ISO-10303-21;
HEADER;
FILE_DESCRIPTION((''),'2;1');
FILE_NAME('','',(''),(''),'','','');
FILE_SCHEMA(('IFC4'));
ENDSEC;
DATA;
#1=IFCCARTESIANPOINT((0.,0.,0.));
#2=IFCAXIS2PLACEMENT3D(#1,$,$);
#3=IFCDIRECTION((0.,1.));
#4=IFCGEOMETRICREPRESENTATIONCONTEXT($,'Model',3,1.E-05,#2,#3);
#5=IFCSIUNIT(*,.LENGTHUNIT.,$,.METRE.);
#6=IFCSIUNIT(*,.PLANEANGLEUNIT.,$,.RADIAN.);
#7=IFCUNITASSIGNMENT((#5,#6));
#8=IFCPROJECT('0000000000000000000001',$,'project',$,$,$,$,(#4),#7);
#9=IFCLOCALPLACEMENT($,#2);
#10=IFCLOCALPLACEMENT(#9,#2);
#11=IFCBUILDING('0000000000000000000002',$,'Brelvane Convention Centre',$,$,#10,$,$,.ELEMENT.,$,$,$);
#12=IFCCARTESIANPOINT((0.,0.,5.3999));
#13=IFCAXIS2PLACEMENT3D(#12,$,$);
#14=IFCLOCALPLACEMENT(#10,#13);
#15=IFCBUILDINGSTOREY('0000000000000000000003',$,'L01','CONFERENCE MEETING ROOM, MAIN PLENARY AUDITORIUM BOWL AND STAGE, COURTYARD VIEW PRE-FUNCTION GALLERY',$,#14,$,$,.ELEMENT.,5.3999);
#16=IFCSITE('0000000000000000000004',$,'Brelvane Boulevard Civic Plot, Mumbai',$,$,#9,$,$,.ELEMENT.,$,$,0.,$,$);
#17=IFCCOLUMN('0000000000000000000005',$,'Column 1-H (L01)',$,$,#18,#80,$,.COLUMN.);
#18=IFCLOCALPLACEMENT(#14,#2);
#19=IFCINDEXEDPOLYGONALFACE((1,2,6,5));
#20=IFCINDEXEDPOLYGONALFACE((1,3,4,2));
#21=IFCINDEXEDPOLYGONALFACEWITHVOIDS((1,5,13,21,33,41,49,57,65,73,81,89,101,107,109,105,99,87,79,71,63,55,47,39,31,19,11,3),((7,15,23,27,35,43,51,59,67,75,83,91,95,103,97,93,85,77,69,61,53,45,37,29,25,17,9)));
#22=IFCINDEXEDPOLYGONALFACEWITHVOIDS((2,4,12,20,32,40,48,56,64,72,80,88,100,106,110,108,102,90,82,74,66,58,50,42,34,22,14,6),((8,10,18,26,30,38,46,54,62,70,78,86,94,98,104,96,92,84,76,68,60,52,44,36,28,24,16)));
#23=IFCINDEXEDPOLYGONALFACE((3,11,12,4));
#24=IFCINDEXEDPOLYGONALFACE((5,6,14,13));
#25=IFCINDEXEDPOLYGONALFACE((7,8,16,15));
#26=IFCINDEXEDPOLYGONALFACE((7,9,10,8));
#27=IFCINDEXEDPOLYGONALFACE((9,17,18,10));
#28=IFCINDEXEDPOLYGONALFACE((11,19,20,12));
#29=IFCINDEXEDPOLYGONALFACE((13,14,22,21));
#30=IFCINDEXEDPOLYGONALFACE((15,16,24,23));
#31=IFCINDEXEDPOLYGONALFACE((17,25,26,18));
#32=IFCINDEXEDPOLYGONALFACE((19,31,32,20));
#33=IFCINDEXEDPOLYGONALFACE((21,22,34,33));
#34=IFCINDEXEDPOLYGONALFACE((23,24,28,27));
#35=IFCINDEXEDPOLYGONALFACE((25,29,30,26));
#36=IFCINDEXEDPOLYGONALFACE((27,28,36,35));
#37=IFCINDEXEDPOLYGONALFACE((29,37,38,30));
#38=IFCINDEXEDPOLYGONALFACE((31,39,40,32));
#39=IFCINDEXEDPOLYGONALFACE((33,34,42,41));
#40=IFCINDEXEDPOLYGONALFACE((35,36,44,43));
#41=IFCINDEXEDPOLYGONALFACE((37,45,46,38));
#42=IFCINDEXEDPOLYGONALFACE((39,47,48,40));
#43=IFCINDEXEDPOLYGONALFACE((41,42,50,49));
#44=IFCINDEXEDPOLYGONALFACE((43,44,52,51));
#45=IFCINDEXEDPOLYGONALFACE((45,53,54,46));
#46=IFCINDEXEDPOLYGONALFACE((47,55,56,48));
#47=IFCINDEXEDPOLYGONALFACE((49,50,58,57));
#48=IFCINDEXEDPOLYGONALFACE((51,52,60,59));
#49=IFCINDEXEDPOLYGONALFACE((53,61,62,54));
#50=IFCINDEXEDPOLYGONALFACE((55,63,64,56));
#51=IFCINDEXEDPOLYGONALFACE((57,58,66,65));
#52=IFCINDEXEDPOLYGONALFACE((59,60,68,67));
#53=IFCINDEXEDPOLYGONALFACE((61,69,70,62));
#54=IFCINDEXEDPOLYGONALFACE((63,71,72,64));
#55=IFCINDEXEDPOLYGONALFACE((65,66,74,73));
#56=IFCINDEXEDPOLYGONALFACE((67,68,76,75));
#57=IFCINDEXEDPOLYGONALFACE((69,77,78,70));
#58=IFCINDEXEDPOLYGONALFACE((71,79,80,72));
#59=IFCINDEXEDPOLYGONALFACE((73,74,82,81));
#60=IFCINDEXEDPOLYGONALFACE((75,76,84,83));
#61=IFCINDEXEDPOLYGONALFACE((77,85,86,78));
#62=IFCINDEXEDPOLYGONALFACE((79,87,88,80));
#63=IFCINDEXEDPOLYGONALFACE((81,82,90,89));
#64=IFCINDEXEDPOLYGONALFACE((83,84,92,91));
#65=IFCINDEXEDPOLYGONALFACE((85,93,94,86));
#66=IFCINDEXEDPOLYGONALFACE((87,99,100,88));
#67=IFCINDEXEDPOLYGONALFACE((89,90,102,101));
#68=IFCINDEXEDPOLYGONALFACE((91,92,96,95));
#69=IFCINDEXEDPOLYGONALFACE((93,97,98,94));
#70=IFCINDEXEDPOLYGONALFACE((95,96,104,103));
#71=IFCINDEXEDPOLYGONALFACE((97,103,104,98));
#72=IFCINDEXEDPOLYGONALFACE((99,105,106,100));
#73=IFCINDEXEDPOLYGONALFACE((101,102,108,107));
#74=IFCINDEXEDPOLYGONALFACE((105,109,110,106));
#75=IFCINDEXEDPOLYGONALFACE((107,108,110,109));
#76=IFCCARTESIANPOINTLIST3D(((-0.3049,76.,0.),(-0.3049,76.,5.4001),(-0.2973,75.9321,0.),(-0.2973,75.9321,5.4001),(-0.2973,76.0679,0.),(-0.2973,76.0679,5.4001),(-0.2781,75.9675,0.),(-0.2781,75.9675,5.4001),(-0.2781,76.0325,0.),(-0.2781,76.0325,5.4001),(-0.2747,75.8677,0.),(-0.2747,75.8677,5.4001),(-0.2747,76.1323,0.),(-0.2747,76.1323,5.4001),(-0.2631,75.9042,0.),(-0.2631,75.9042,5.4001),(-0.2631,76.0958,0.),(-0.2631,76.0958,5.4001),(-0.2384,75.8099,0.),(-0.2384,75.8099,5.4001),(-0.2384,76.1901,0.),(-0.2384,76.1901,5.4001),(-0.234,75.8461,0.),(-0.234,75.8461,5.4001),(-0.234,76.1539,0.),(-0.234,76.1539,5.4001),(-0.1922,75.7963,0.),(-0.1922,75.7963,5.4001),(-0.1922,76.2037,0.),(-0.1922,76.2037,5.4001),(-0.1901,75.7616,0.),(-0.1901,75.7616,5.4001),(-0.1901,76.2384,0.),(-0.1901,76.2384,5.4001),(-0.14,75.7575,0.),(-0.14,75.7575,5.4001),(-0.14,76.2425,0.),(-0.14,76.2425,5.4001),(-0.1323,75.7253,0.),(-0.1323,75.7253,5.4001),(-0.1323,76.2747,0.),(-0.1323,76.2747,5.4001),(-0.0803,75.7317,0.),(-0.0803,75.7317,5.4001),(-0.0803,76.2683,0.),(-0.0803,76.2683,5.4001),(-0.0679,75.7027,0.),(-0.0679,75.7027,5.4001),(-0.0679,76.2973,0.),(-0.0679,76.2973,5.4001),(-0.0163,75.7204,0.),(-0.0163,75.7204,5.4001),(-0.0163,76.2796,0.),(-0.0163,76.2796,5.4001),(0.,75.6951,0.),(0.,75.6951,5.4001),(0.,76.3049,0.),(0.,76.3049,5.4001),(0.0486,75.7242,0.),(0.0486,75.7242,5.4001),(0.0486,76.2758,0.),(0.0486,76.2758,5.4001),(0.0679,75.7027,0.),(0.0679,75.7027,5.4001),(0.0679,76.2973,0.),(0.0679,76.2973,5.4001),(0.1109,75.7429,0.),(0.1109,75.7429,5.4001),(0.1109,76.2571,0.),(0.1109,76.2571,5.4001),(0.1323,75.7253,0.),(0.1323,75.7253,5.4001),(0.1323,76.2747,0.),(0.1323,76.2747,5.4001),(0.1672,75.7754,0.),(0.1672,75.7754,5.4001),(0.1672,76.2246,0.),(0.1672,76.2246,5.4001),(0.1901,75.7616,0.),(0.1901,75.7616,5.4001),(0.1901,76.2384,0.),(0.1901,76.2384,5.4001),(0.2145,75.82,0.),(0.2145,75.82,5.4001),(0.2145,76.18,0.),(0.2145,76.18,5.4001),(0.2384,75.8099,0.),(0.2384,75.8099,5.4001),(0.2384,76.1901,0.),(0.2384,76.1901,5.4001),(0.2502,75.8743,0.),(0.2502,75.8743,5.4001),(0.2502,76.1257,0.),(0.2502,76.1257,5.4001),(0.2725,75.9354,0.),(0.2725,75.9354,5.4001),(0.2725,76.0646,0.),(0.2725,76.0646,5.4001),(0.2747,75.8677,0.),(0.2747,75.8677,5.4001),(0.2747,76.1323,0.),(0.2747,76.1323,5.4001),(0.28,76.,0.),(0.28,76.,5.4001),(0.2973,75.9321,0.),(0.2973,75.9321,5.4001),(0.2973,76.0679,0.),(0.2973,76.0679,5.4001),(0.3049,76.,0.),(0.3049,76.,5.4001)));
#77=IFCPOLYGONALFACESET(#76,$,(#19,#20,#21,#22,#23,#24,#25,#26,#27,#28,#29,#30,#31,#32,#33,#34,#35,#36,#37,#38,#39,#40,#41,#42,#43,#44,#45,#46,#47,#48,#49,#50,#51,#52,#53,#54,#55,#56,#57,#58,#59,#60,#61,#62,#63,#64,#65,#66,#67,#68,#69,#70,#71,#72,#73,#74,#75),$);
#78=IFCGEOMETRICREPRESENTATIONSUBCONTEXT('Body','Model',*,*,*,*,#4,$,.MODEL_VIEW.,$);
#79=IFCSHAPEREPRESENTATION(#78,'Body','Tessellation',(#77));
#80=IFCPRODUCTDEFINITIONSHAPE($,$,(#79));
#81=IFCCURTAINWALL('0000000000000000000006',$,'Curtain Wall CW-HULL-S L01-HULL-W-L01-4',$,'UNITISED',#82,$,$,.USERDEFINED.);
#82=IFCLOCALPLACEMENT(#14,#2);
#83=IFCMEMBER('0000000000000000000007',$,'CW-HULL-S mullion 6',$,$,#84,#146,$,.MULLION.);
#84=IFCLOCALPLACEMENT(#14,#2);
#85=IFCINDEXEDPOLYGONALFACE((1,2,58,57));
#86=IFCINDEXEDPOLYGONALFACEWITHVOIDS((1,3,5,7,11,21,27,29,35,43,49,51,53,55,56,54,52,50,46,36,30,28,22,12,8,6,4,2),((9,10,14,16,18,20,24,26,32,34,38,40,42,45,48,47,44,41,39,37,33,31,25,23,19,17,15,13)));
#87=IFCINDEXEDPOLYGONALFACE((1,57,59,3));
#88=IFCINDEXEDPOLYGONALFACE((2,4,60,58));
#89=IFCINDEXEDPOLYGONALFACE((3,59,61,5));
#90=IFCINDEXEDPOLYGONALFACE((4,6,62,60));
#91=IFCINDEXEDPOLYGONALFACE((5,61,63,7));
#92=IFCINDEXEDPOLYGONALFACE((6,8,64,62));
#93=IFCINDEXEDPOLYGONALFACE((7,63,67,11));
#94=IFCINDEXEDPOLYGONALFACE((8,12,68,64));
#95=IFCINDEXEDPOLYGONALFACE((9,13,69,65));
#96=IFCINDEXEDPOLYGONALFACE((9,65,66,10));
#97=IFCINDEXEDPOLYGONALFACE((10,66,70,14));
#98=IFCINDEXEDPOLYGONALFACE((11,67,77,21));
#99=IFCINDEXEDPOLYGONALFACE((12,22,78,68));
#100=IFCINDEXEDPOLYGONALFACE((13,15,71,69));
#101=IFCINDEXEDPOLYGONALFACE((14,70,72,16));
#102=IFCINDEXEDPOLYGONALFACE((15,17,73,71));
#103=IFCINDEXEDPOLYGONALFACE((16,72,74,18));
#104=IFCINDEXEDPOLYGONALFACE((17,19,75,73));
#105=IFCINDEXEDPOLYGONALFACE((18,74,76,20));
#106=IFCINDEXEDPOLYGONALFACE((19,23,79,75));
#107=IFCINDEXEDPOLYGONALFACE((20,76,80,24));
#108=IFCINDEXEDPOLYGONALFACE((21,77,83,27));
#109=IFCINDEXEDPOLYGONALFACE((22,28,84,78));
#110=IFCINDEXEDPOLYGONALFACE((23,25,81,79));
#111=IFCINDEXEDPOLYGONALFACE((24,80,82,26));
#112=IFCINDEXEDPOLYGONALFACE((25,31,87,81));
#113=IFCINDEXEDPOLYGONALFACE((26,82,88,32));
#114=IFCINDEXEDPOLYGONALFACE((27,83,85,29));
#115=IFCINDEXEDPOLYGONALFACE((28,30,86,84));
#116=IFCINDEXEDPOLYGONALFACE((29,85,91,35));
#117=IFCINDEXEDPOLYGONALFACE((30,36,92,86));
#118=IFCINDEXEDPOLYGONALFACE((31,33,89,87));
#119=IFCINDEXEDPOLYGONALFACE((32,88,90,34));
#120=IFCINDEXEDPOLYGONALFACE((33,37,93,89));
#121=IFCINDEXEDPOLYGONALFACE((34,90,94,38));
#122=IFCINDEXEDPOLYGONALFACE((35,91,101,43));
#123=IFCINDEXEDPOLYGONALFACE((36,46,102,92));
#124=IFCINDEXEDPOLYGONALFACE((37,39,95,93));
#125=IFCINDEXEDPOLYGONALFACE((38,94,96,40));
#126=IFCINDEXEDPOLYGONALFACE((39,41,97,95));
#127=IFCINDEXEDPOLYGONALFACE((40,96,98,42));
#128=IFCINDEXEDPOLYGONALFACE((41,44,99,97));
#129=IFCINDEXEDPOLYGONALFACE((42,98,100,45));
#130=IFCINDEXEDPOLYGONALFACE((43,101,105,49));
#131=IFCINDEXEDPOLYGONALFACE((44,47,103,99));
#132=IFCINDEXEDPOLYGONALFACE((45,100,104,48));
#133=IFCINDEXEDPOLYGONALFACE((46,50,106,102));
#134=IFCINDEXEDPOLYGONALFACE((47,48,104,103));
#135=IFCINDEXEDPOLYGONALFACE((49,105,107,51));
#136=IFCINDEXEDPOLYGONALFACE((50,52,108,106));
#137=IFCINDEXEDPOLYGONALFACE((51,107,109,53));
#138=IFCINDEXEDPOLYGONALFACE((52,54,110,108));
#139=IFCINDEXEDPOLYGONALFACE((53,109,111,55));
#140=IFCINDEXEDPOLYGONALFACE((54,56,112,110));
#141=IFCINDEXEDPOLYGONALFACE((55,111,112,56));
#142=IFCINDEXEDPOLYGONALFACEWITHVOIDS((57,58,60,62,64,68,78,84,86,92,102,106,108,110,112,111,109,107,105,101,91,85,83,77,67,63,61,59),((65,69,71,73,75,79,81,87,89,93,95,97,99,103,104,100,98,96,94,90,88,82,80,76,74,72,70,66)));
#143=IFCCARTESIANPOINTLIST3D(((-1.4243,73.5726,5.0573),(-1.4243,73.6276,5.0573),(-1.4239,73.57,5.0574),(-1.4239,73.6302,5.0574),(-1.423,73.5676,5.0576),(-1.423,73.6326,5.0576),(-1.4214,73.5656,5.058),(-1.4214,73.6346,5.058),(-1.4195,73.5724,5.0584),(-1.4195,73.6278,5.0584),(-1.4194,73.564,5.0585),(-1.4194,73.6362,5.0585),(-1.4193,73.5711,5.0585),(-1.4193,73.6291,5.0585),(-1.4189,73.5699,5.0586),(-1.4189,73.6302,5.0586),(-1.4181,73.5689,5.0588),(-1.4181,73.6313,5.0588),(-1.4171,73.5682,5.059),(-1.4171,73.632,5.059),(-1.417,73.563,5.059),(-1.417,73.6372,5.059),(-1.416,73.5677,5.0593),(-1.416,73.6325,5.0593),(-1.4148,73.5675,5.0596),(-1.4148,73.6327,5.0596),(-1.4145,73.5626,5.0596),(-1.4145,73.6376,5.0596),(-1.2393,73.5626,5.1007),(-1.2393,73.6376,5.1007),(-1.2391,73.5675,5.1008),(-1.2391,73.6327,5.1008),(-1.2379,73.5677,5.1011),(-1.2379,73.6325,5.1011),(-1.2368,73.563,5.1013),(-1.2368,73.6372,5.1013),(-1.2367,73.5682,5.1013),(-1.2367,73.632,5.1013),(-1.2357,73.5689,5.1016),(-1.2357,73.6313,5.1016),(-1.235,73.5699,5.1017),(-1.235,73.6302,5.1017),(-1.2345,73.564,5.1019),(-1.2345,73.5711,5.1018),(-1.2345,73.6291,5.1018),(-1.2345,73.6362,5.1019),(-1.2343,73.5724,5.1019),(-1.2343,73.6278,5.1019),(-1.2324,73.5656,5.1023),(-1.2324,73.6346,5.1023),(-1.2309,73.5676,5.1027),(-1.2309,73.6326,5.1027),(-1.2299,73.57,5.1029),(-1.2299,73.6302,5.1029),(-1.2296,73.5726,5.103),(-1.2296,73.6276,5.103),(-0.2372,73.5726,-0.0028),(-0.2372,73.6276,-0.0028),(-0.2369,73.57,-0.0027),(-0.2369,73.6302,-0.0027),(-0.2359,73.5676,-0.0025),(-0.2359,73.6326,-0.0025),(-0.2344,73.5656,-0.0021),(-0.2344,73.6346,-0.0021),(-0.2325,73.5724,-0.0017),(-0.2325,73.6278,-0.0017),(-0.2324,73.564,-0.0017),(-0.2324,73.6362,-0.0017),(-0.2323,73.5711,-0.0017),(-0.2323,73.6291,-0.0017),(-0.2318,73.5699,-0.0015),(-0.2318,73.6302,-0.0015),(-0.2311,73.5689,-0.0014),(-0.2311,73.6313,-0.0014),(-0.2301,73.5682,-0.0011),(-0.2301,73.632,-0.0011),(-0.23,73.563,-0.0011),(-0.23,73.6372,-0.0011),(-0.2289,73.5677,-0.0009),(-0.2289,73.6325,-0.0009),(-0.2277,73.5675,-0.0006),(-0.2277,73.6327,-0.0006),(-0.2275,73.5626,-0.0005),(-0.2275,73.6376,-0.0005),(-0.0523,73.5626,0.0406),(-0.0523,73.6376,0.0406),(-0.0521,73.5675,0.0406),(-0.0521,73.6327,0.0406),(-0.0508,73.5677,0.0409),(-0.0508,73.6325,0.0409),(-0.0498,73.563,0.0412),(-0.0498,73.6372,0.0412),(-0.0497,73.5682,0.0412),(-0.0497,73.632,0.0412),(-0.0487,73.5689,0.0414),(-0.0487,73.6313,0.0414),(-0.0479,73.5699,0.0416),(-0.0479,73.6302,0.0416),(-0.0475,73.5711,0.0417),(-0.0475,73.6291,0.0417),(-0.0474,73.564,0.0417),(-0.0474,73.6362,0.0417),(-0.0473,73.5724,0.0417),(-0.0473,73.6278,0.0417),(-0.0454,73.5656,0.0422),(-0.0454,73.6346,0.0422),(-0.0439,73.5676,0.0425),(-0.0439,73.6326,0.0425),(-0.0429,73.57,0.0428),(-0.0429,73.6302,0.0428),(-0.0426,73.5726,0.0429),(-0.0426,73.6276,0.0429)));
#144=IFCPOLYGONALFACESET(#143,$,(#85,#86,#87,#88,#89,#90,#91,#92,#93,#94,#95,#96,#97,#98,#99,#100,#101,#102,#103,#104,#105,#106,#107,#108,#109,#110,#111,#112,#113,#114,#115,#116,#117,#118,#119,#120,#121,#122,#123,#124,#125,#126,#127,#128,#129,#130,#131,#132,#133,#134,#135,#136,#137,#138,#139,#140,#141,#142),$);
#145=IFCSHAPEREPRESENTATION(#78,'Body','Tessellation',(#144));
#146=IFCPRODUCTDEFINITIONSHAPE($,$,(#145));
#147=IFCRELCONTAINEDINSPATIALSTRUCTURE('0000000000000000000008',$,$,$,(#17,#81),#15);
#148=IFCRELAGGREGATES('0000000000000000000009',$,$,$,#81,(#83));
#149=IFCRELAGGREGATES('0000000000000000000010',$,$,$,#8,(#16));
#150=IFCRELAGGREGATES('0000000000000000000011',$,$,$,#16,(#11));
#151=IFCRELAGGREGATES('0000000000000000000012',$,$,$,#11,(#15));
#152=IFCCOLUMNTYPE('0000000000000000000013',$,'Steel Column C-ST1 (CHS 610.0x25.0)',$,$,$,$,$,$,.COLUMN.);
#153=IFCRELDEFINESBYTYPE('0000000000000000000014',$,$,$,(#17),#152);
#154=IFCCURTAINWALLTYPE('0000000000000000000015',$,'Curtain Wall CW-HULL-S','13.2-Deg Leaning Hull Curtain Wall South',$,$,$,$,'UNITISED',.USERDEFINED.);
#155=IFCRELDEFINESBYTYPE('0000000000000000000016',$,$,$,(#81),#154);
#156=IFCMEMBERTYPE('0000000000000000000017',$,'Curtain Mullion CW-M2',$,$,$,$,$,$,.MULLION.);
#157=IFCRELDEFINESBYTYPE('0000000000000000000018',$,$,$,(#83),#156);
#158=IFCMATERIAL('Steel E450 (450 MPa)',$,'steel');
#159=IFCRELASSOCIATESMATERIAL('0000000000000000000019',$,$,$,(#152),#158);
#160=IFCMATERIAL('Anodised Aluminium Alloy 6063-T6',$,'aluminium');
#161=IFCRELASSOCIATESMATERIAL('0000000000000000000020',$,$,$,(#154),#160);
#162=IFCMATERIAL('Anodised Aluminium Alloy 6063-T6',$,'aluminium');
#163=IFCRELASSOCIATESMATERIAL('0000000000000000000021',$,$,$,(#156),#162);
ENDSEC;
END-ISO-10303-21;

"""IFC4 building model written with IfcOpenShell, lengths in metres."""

from ifc_helpers import new_model, si_unit, direction, frame, origin, origin_2d, place, context, subcontext, project, spatial, hollow_rectangle, hollow_circle, extrude, material, material_profile, profile_set, type_object, element, aggregate, save


model = new_model("IFC4")

# Units and contexts
model_context = context("Model", 3, precision=1e-05, world=origin(), true_north=direction((0.0, 1.0)))
body_context = subcontext(model_context, "Body", "Model", "MODEL_VIEW")
ifc_project = project(units=[si_unit("LENGTHUNIT", "METRE"), si_unit("PLANEANGLEUNIT", "RADIAN")], contexts=[model_context])

# Site, building, storey
site_placement = place(None, origin())
site = spatial("IfcSite", under=ifc_project, at=site_placement, Name="Brelvane Boulevard Civic Plot, Mumbai", CompositionType="ELEMENT", RefElevation=0.0)
building_placement = place(site_placement, origin())
building = spatial("IfcBuilding", under=site, at=building_placement, Name="Brelvane Convention Centre", CompositionType="ELEMENT")
storey_placement = place(building_placement, frame((0.0, 0.0, 5.3999)))
storey = spatial("IfcBuildingStorey", under=building, at=storey_placement, Name="L01", Description="CONFERENCE MEETING ROOM, MAIN PLENARY AUDITORIUM BOWL AND STAGE, COURTYARD VIEW PRE-FUNCTION GALLERY", CompositionType="ELEMENT", Elevation=5.3999)

# Column
ifc_material_1 = material(Name="Steel E450 (450 MPa)", Category="steel")
ifc_material_profile_1 = material_profile(ifc_material_1, hollow_circle(Radius=0.3049, WallThickness=0.0249, at=origin_2d()), Name="CHS 610.0x25.0")
ifc_profile_set_1 = profile_set([ifc_material_profile_1], Name="Steel E450 (450 MPa)")
column_type = type_object("IfcColumnType", Name="Steel Column C-ST1 (CHS 610.0x25.0)", PredefinedType="COLUMN", material=ifc_profile_set_1)
column_placement = place(storey_placement, frame((0.0, 76.0, 0.0), z_axis=(0.0, 0.0, 1.0), x_axis=(1.0, 0.0, 0.0)))
element("IfcColumn", 1, at=column_placement, inside=storey, type_object=column_type, Name="Column 1-H (L01)", PredefinedType="COLUMN", context=body_context, shape_type="SweptSolid", body=[
    extrude(hollow_circle(Radius=0.3049, WallThickness=0.0249, at=origin_2d()), origin(), (0.0, 0.0, 1.0), 5.4001),
])

# Curtain wall, member
ifc_material_2 = material(Name="Anodised Aluminium Alloy 6063-T6", Category="aluminium")
curtain_wall_type = type_object("IfcCurtainWallType", Name="Curtain Wall CW-HULL-S", Description="13.2-Deg Leaning Hull Curtain Wall South", ElementType="UNITISED", PredefinedType="USERDEFINED", material=ifc_material_2)
curtain_wall_1_placement = place(storey_placement, origin())
curtain_wall_1 = element("IfcCurtainWall", 2, at=curtain_wall_1_placement, inside=storey, type_object=curtain_wall_type, Name="Curtain Wall CW-HULL-S L01-HULL-W-L01-4", ObjectType="UNITISED", PredefinedType="USERDEFINED")
ifc_material_3 = material(Name="Anodised Aluminium Alloy 6063-T6", Category="aluminium")
ifc_material_profile_2 = material_profile(ifc_material_3, hollow_rectangle(XDim=0.075, YDim=0.2, WallThickness=0.0049, InnerFilletRadius=0.0049, OuterFilletRadius=0.01, at=origin_2d()), Name="ALU-M 200x75x5.0")
ifc_profile_set_2 = profile_set([ifc_material_profile_2], Name="Anodised Aluminium Alloy 6063-T6")
member_type_1 = type_object("IfcMemberType", Name="Curtain Mullion CW-M2", PredefinedType="MULLION", material=ifc_profile_set_2)
member_1_placement = place(storey_placement, frame((-0.1399, 73.6001, 0.02), z_axis=(-0.228385, 0.0, 0.973571), x_axis=(0.0, -1.0, 0.0)))
member_1 = element("IfcMember", 3, at=member_1_placement, type_object=member_type_1, Name="CW-HULL-S mullion 6", PredefinedType="MULLION", context=body_context, shape_type="SweptSolid", body=[
    extrude(hollow_rectangle(XDim=0.075, YDim=0.2, WallThickness=0.0049, InnerFilletRadius=0.0049, OuterFilletRadius=0.01, at=origin_2d()), origin(), (0.0, 0.0, 1.0), 5.1975),
])

aggregate(curtain_wall_1, [member_1])

save(model, "model.ifc")
